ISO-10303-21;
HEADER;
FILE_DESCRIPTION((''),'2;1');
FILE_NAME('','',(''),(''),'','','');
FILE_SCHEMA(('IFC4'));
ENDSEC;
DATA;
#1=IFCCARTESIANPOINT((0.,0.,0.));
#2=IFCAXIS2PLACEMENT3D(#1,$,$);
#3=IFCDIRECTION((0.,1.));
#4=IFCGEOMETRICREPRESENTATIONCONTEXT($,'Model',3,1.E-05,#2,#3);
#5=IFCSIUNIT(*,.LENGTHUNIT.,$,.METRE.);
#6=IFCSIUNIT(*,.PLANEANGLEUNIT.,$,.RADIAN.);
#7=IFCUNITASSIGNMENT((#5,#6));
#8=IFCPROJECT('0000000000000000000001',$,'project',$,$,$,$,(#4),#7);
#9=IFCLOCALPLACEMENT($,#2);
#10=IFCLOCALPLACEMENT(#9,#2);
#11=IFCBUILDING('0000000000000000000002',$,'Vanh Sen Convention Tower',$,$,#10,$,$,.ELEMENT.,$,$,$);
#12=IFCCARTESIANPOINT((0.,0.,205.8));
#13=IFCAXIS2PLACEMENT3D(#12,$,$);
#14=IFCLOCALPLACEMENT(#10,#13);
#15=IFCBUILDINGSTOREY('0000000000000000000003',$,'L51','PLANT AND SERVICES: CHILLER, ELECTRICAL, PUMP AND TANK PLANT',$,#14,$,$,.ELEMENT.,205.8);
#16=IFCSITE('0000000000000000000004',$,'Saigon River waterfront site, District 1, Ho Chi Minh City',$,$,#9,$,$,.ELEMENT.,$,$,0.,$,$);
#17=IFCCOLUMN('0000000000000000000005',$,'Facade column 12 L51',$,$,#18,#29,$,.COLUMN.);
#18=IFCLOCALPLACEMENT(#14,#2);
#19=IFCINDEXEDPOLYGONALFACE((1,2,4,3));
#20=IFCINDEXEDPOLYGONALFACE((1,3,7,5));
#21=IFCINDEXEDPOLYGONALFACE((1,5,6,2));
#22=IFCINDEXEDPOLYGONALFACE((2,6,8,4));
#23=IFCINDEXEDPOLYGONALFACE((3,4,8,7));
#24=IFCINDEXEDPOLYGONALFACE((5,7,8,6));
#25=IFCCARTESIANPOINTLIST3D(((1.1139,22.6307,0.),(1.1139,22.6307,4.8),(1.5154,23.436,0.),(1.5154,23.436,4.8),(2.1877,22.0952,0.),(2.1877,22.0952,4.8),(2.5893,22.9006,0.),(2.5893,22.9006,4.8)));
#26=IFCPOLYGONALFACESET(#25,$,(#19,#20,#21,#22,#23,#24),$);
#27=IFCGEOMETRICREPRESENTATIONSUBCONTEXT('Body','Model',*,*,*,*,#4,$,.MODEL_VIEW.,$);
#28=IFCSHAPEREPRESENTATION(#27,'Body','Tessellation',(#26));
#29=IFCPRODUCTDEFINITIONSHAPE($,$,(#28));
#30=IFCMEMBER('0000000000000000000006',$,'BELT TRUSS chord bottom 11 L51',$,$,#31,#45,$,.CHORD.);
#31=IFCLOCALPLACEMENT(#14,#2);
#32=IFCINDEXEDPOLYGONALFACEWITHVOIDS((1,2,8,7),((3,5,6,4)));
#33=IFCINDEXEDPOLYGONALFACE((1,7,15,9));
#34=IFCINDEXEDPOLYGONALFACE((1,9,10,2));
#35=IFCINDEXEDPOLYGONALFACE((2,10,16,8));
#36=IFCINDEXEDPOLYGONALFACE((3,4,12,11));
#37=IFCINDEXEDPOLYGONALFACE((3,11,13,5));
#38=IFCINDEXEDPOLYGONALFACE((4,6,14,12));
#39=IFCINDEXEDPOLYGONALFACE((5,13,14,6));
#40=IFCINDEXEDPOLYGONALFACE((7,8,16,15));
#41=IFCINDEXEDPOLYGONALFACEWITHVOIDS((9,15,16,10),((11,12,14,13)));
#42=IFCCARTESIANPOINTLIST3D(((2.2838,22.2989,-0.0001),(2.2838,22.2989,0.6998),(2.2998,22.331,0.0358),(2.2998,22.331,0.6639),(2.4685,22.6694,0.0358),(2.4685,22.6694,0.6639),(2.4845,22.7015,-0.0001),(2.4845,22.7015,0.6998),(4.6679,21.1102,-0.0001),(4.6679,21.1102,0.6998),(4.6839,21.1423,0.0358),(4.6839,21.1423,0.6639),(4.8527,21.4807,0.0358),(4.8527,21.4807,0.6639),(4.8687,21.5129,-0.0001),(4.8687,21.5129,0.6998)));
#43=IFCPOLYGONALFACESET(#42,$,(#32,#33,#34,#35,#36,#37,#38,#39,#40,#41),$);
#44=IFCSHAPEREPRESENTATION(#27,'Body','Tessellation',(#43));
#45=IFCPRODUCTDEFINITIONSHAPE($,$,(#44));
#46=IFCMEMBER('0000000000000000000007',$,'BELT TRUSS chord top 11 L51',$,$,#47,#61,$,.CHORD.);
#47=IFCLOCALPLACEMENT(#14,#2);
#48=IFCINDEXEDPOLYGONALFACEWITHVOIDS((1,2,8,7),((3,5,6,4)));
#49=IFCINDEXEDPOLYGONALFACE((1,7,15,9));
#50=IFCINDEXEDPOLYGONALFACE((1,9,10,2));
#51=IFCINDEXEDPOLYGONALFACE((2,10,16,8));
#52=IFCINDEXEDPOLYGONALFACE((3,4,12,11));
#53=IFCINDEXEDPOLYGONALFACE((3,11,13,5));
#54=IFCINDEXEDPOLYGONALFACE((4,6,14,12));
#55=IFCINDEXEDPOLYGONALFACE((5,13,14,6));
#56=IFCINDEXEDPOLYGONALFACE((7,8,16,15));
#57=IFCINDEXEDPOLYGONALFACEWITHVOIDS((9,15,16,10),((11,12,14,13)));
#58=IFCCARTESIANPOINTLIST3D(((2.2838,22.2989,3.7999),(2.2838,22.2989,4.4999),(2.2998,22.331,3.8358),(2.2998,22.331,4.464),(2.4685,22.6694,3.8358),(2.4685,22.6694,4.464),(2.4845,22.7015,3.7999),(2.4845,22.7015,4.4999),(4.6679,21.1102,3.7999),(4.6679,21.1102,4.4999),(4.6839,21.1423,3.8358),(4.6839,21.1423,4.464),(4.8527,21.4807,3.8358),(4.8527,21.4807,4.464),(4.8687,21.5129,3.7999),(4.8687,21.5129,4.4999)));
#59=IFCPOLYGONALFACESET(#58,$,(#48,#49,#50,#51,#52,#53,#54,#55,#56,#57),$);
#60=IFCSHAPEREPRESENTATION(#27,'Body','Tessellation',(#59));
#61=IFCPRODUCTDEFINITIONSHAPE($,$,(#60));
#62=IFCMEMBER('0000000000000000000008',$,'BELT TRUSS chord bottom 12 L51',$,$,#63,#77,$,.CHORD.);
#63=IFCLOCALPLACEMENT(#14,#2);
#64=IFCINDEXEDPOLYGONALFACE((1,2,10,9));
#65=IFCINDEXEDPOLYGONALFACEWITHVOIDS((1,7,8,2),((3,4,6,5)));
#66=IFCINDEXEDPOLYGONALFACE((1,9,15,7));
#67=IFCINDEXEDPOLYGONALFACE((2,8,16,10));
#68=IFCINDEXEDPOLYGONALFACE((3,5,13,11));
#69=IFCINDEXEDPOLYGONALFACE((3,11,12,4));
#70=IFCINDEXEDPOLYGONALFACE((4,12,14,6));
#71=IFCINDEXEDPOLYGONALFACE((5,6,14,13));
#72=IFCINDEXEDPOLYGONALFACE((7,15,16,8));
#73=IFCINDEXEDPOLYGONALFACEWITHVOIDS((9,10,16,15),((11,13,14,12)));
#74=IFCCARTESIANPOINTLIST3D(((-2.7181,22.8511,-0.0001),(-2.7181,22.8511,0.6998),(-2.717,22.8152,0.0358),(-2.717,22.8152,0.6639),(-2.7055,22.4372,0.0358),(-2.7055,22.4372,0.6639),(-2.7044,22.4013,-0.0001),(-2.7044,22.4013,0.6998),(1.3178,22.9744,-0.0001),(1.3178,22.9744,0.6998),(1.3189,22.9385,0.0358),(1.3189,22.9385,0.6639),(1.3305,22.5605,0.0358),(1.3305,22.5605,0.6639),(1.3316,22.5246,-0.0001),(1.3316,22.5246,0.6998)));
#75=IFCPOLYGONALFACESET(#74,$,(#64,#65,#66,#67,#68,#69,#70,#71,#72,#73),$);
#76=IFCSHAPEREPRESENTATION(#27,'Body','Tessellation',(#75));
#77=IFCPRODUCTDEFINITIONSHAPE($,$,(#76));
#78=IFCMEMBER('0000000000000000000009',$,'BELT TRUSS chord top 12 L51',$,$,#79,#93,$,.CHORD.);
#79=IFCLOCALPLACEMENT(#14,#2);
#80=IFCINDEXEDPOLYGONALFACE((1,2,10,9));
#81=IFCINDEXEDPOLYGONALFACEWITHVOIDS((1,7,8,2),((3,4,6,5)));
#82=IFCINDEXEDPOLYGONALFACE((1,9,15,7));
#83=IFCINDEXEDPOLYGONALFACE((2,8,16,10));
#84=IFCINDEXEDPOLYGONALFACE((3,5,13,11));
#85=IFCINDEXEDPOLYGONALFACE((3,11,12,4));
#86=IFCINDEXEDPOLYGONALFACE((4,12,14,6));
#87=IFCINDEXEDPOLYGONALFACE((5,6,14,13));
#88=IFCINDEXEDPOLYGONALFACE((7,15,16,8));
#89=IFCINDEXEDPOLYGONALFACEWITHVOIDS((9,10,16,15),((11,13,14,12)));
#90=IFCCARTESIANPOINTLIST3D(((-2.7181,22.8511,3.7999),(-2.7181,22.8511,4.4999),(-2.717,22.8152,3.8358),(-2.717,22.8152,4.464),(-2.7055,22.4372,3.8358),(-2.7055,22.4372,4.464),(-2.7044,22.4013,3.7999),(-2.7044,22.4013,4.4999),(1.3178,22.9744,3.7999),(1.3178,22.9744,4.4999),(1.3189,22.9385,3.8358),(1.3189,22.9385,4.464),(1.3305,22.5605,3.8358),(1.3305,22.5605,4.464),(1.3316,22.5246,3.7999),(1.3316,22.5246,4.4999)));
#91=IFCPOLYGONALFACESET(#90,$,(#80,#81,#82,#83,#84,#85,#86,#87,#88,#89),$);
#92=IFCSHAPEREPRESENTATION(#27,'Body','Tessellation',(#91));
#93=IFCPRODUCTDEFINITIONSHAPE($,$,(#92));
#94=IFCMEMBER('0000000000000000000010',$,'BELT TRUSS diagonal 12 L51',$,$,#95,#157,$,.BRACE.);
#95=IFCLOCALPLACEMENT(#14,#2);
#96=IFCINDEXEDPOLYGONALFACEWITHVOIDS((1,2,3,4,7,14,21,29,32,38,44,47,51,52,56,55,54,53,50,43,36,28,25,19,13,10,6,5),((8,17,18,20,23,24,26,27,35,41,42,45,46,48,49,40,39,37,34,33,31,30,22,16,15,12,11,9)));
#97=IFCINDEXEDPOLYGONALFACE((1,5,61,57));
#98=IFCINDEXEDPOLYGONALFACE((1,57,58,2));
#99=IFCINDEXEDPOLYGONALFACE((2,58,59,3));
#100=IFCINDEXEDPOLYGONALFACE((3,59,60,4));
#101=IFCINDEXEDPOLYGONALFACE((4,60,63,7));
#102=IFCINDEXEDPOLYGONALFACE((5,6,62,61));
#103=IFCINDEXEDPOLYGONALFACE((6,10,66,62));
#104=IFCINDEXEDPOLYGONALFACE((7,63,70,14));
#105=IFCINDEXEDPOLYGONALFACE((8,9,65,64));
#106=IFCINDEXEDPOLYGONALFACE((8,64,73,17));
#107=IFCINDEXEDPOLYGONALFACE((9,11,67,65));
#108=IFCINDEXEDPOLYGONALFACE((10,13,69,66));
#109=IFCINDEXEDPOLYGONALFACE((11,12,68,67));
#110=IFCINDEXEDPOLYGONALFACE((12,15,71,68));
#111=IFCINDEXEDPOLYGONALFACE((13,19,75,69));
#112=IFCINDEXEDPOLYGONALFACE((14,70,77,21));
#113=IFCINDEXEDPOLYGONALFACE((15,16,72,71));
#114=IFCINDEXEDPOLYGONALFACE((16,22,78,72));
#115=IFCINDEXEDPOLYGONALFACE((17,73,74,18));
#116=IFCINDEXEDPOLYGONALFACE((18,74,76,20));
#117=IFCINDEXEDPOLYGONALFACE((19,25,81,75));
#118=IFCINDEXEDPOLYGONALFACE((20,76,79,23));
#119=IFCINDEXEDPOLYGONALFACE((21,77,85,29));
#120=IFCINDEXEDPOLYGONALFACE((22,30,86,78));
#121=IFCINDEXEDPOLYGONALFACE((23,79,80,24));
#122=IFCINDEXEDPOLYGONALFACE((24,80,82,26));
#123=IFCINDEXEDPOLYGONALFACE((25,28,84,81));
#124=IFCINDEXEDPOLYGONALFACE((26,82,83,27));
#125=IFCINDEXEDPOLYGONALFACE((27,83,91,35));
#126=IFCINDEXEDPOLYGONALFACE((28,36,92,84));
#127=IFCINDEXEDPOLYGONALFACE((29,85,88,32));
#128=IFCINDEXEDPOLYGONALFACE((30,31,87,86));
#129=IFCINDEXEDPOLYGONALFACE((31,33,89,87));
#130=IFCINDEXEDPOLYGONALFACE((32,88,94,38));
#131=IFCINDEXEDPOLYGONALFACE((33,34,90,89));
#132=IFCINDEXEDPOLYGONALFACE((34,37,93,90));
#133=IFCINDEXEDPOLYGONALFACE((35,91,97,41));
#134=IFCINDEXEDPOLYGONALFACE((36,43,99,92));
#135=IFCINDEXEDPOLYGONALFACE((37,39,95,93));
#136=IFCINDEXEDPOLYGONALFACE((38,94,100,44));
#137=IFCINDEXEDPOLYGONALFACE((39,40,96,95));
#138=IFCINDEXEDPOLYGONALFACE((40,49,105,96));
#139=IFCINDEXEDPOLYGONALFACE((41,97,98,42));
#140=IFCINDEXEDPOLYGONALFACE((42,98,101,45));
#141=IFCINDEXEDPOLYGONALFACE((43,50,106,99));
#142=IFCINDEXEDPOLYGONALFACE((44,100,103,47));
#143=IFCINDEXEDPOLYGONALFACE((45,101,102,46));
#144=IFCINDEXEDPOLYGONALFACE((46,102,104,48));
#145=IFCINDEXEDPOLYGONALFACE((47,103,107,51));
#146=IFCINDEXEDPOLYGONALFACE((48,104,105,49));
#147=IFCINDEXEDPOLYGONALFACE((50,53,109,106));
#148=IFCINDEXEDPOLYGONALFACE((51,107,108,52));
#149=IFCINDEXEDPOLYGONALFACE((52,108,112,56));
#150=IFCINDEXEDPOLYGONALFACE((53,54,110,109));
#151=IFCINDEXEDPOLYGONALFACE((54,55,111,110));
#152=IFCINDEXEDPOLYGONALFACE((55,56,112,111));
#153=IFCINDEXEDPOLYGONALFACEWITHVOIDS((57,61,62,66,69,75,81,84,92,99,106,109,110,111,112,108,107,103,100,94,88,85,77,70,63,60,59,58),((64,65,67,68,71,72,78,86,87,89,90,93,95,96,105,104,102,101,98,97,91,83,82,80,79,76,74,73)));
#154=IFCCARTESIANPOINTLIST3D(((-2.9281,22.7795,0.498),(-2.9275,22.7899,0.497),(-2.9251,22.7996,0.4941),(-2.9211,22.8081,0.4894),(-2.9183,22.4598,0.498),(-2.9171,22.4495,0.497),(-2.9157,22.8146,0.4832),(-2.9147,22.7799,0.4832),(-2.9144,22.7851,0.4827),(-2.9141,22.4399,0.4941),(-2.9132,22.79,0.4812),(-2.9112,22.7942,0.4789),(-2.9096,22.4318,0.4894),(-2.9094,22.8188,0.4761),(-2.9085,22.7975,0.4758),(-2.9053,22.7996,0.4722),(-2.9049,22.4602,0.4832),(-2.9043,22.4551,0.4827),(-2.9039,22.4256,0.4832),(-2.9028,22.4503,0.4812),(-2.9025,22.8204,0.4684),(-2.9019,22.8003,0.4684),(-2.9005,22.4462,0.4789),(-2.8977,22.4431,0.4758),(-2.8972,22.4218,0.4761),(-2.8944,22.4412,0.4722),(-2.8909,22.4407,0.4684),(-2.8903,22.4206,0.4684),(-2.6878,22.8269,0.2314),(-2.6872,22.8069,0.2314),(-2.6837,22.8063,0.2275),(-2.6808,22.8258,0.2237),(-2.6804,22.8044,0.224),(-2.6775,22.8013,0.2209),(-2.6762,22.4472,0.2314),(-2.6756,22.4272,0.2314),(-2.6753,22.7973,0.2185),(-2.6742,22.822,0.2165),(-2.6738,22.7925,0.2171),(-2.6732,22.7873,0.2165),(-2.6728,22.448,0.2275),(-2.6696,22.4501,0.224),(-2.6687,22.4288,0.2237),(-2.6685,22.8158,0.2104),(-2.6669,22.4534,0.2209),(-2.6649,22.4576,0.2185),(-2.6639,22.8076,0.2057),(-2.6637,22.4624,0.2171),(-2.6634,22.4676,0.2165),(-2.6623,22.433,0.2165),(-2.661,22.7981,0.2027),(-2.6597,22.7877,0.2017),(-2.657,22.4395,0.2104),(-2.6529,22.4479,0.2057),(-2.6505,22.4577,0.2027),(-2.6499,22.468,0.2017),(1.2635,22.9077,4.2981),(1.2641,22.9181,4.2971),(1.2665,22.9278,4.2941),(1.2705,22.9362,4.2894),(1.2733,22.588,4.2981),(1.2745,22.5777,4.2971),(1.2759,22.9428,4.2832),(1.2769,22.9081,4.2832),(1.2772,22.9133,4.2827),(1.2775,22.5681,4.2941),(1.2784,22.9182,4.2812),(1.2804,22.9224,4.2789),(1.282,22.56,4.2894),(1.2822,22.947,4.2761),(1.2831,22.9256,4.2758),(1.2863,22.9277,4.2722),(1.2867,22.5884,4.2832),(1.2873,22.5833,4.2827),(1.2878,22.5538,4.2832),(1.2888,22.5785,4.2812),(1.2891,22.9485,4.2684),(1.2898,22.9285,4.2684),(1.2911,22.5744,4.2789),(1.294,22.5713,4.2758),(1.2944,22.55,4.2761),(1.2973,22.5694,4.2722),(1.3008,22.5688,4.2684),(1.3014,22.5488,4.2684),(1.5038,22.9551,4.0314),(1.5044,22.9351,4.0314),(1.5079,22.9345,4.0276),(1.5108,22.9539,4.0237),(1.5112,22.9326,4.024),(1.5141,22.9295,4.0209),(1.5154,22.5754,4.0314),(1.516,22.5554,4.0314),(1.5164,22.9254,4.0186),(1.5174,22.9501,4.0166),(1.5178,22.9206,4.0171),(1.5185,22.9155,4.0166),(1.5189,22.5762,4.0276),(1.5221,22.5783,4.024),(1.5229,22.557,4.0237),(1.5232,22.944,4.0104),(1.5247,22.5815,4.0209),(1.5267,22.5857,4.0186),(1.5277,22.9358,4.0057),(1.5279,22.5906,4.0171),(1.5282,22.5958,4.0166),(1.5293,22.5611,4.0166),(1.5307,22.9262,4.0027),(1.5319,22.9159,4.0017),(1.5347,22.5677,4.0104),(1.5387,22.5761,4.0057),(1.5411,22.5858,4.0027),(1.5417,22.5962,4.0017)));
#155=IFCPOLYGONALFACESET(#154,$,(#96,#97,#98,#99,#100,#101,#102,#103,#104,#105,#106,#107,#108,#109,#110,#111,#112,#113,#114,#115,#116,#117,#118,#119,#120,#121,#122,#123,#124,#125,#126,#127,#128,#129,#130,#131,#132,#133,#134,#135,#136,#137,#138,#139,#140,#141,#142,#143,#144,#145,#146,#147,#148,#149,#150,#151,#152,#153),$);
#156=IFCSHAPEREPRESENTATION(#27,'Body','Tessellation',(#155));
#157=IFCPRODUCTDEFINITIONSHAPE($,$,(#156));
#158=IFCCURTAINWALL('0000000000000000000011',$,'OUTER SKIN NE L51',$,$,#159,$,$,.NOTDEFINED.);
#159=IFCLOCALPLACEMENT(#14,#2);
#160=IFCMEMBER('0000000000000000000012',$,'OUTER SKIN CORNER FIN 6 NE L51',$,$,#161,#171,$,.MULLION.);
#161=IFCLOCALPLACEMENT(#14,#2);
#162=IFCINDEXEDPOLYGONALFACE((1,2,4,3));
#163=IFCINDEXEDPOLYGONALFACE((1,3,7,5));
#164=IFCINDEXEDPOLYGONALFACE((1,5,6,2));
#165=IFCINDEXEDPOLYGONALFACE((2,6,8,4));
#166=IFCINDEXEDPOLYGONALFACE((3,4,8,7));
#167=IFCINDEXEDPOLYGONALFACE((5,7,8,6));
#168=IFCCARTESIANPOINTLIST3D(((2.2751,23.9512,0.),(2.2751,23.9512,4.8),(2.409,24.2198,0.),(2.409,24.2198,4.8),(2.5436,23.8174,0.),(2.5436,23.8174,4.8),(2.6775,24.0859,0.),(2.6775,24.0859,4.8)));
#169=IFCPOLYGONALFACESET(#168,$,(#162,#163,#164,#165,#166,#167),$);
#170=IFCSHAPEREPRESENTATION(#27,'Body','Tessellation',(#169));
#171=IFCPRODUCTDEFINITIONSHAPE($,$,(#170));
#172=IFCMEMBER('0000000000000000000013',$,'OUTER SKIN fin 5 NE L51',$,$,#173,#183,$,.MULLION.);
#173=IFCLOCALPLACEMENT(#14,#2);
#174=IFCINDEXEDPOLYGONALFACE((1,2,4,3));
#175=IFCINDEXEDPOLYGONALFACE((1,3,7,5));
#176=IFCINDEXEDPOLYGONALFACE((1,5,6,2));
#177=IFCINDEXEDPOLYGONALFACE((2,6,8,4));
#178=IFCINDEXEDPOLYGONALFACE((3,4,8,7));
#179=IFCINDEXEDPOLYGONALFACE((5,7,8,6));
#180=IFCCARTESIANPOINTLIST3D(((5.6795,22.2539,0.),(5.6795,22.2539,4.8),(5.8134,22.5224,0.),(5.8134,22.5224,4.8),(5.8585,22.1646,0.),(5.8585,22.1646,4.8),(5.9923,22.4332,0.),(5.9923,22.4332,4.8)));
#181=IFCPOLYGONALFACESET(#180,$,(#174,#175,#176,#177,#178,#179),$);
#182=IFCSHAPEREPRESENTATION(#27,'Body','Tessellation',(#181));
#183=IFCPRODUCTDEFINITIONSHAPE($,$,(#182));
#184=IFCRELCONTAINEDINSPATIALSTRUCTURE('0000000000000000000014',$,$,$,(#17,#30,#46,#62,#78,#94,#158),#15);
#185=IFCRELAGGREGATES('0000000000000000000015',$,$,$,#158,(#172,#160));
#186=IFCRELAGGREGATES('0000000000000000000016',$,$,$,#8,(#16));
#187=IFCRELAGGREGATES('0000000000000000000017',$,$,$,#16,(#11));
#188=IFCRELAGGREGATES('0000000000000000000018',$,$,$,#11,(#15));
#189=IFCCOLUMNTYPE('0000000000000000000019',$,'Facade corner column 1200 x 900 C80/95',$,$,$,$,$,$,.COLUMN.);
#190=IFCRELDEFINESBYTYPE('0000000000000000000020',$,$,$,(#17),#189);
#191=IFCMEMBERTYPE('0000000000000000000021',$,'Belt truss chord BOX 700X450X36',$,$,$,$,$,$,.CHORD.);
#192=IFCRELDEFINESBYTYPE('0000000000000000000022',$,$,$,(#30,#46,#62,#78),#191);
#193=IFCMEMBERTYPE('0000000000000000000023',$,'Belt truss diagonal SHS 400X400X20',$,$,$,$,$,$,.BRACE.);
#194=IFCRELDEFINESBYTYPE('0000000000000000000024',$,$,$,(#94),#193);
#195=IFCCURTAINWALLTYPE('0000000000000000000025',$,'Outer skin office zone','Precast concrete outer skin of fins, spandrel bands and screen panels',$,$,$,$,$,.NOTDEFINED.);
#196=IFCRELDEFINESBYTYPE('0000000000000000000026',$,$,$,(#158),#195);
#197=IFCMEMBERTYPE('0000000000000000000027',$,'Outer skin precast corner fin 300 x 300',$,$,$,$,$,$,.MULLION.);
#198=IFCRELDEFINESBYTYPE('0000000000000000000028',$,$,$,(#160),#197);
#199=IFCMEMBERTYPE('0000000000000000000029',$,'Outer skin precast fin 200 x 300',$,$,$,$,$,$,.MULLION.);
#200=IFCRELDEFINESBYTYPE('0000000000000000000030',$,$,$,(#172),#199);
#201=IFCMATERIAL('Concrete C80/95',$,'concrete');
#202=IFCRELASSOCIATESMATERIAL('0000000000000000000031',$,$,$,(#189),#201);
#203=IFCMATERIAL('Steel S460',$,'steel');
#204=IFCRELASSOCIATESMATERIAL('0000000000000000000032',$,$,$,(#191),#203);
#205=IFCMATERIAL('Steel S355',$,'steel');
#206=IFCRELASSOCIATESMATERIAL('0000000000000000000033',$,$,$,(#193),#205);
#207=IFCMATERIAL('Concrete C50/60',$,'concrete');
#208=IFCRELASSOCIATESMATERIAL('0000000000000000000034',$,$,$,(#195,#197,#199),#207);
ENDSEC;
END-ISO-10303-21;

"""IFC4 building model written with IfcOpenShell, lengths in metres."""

from ifc_helpers import new_model, si_unit, direction, frame, origin, origin_2d, place, context, subcontext, project, spatial, rectangle, hollow_rectangle, extrude, material, material_profile, profile_set, type_object, element, aggregate, save


model = new_model("IFC4")

# Units and contexts
model_context = context("Model", 3, precision=1e-05, world=origin(), true_north=direction((0.0, 1.0)))
body_context = subcontext(model_context, "Body", "Model", "MODEL_VIEW")
ifc_project = project(units=[si_unit("LENGTHUNIT", "METRE"), si_unit("PLANEANGLEUNIT", "RADIAN")], contexts=[model_context])

# Site, building, storey
site_placement = place(None, origin())
site = spatial("IfcSite", under=ifc_project, at=site_placement, Name="Saigon River waterfront site, District 1, Ho Chi Minh City", CompositionType="ELEMENT", RefElevation=0.0)
building_placement = place(site_placement, origin())
building = spatial("IfcBuilding", under=site, at=building_placement, Name="Vanh Sen Convention Tower", CompositionType="ELEMENT")
storey_placement = place(building_placement, frame((0.0, 0.0, 205.8)))
storey = spatial("IfcBuildingStorey", under=building, at=storey_placement, Name="L51", Description="PLANT AND SERVICES: CHILLER, ELECTRICAL, PUMP AND TANK PLANT", CompositionType="ELEMENT", Elevation=205.8)

# Column
ifc_material_1 = material(Name="Concrete C80/95", Category="concrete")
ifc_material_profile_1 = material_profile(ifc_material_1, rectangle(XDim=1.2, YDim=0.8999, at=origin_2d()), Name="RC 1200X900")
ifc_profile_set_1 = profile_set([ifc_material_profile_1], Name="Concrete C80/95")
column_type = type_object("IfcColumnType", Name="Facade corner column 1200 x 900 C80/95", PredefinedType="COLUMN", material=ifc_profile_set_1)
column_placement = place(storey_placement, frame((1.8516, 22.7656, 0.0), z_axis=(0.0, 0.0, 1.0), x_axis=(-0.894934, 0.446198, 0.0)))
element("IfcColumn", 1, at=column_placement, inside=storey, type_object=column_type, Name="Facade column 12 L51", PredefinedType="COLUMN", context=body_context, shape_type="SweptSolid", body=[
    extrude(rectangle(XDim=1.2, YDim=0.8999, at=origin_2d()), origin(), (0.0, 0.0, 1.0), 4.8),
])

# Members
ifc_material_2 = material(Name="Steel S460", Category="steel")
ifc_material_profile_2 = material_profile(ifc_material_2, hollow_rectangle(XDim=0.45, YDim=0.7, WallThickness=0.0359, at=origin_2d()), Name="BOX 700X450X36")
ifc_profile_set_2 = profile_set([ifc_material_profile_2], Name="Steel S460")
member_type_1 = type_object("IfcMemberType", Name="Belt truss chord BOX 700X450X36", PredefinedType="CHORD", material=ifc_profile_set_2)
for number, where, z_axis, x_axis, name in (
    (2, (4.7683, 21.3115, 0.3499), (-0.89494, 0.446187, 0.0), (-0.446187, -0.89494, 0.0), "BELT TRUSS chord bottom 11 L51"),
    (3, (4.7683, 21.3115, 4.1499), (-0.89494, 0.446187, 0.0), (-0.446187, -0.89494, 0.0), "BELT TRUSS chord top 11 L51"),
):
    element("IfcMember", number, at=place(storey_placement, frame(where, z_axis=z_axis, x_axis=x_axis)), inside=storey, type_object=member_type_1, Name=name, PredefinedType="CHORD", context=body_context, shape_type="SweptSolid", body=[
        extrude(hollow_rectangle(XDim=0.45, YDim=0.7, WallThickness=0.0359, at=origin_2d()), origin(), (0.0, 0.0, 1.0), 2.6641),
    ])
for number, where, z_axis, x_axis, name in (
    (4, (1.3247, 22.7495, 0.3499), (-0.999534, -0.030534, 0.0), (0.030534, -0.999534, 0.0), "BELT TRUSS chord bottom 12 L51"),
    (5, (1.3247, 22.7495, 4.1499), (-0.999534, -0.030534, 0.0), (0.030534, -0.999534, 0.0), "BELT TRUSS chord top 12 L51"),
):
    element("IfcMember", number, at=place(storey_placement, frame(where, z_axis=z_axis, x_axis=x_axis)), inside=storey, type_object=member_type_1, Name=name, PredefinedType="CHORD", context=body_context, shape_type="SweptSolid", body=[
        extrude(hollow_rectangle(XDim=0.45, YDim=0.7, WallThickness=0.0359, at=origin_2d()), origin(), (0.0, 0.0, 1.0), 4.0378),
    ])
ifc_material_3 = material(Name="Steel S355", Category="steel")
ifc_material_profile_3 = material_profile(ifc_material_3, hollow_rectangle(XDim=0.3999, YDim=0.3999, WallThickness=0.02, InnerFilletRadius=0.02, OuterFilletRadius=0.04, at=origin_2d()), Name="SHS 400X400X20")
ifc_profile_set_3 = profile_set([ifc_material_profile_3], Name="Steel S355")
member_type_2 = type_object("IfcMemberType", Name="Belt truss diagonal SHS 400X400X20", PredefinedType="BRACE", material=ifc_profile_set_3)
member_1_placement = place(storey_placement, frame((1.4026, 22.752, 4.1499), z_axis=(-0.740677, -0.022649, -0.67148), x_axis=(0.030564, -0.999533, 0.0)))
element("IfcMember", 6, at=member_1_placement, inside=storey, type_object=member_type_2, Name="BELT TRUSS diagonal 12 L51", PredefinedType="BRACE", context=body_context, shape_type="SweptSolid", body=[
    extrude(hollow_rectangle(XDim=0.3999, YDim=0.3999, WallThickness=0.02, InnerFilletRadius=0.02, OuterFilletRadius=0.04, at=origin_2d()), origin(), (0.0, 0.0, 1.0), 5.6592),
])

# Curtain wall, members
ifc_material_4 = material(Name="Concrete C50/60", Category="concrete")
curtain_wall_type = type_object("IfcCurtainWallType", Name="Outer skin office zone", Description="Precast concrete outer skin of fins, spandrel bands and screen panels", PredefinedType="NOTDEFINED", material=ifc_material_4)
curtain_wall_1_placement = place(storey_placement, origin())
curtain_wall_1 = element("IfcCurtainWall", 7, at=curtain_wall_1_placement, inside=storey, type_object=curtain_wall_type, Name="OUTER SKIN NE L51", PredefinedType="NOTDEFINED")
ifc_material_profile_4 = material_profile(ifc_material_4, rectangle(XDim=0.3, YDim=0.3, at=origin_2d()), Name="Outer skin precast corner fin 300 x 300")
ifc_profile_set_4 = profile_set([ifc_material_profile_4], Name="Concrete C50/60")
member_type_3 = type_object("IfcMemberType", Name="Outer skin precast corner fin 300 x 300", PredefinedType="MULLION", material=ifc_profile_set_4)
member_2_placement = place(storey_placement, frame((2.4763, 24.0186, 0.0), z_axis=(0.0, 0.0, 1.0), x_axis=(-0.894934, 0.446198, 0.0)))
member_2 = element("IfcMember", 8, at=member_2_placement, type_object=member_type_3, Name="OUTER SKIN CORNER FIN 6 NE L51", PredefinedType="MULLION", context=body_context, shape_type="SweptSolid", body=[
    extrude(rectangle(XDim=0.3, YDim=0.3, at=origin_2d()), origin(), (0.0, 0.0, 1.0), 4.8),
])
ifc_material_profile_5 = material_profile(ifc_material_4, rectangle(XDim=0.2, YDim=0.3, at=origin_2d()), Name="Outer skin precast fin 200 x 300")
ifc_profile_set_5 = profile_set([ifc_material_profile_5], Name="Concrete C50/60")
member_type_4 = type_object("IfcMemberType", Name="Outer skin precast fin 200 x 300", PredefinedType="MULLION", material=ifc_profile_set_5)
member_3_placement = place(storey_placement, frame((5.8359, 22.3435, 0.0), z_axis=(0.0, 0.0, 1.0), x_axis=(-0.894934, 0.446198, 0.0)))
member_3 = element("IfcMember", 9, at=member_3_placement, type_object=member_type_4, Name="OUTER SKIN fin 5 NE L51", PredefinedType="MULLION", context=body_context, shape_type="SweptSolid", body=[
    extrude(rectangle(XDim=0.2, YDim=0.3, at=origin_2d()), origin(), (0.0, 0.0, 1.0), 4.8),
])

aggregate(curtain_wall_1, [member_3, member_2])

save(model, "model.ifc")
